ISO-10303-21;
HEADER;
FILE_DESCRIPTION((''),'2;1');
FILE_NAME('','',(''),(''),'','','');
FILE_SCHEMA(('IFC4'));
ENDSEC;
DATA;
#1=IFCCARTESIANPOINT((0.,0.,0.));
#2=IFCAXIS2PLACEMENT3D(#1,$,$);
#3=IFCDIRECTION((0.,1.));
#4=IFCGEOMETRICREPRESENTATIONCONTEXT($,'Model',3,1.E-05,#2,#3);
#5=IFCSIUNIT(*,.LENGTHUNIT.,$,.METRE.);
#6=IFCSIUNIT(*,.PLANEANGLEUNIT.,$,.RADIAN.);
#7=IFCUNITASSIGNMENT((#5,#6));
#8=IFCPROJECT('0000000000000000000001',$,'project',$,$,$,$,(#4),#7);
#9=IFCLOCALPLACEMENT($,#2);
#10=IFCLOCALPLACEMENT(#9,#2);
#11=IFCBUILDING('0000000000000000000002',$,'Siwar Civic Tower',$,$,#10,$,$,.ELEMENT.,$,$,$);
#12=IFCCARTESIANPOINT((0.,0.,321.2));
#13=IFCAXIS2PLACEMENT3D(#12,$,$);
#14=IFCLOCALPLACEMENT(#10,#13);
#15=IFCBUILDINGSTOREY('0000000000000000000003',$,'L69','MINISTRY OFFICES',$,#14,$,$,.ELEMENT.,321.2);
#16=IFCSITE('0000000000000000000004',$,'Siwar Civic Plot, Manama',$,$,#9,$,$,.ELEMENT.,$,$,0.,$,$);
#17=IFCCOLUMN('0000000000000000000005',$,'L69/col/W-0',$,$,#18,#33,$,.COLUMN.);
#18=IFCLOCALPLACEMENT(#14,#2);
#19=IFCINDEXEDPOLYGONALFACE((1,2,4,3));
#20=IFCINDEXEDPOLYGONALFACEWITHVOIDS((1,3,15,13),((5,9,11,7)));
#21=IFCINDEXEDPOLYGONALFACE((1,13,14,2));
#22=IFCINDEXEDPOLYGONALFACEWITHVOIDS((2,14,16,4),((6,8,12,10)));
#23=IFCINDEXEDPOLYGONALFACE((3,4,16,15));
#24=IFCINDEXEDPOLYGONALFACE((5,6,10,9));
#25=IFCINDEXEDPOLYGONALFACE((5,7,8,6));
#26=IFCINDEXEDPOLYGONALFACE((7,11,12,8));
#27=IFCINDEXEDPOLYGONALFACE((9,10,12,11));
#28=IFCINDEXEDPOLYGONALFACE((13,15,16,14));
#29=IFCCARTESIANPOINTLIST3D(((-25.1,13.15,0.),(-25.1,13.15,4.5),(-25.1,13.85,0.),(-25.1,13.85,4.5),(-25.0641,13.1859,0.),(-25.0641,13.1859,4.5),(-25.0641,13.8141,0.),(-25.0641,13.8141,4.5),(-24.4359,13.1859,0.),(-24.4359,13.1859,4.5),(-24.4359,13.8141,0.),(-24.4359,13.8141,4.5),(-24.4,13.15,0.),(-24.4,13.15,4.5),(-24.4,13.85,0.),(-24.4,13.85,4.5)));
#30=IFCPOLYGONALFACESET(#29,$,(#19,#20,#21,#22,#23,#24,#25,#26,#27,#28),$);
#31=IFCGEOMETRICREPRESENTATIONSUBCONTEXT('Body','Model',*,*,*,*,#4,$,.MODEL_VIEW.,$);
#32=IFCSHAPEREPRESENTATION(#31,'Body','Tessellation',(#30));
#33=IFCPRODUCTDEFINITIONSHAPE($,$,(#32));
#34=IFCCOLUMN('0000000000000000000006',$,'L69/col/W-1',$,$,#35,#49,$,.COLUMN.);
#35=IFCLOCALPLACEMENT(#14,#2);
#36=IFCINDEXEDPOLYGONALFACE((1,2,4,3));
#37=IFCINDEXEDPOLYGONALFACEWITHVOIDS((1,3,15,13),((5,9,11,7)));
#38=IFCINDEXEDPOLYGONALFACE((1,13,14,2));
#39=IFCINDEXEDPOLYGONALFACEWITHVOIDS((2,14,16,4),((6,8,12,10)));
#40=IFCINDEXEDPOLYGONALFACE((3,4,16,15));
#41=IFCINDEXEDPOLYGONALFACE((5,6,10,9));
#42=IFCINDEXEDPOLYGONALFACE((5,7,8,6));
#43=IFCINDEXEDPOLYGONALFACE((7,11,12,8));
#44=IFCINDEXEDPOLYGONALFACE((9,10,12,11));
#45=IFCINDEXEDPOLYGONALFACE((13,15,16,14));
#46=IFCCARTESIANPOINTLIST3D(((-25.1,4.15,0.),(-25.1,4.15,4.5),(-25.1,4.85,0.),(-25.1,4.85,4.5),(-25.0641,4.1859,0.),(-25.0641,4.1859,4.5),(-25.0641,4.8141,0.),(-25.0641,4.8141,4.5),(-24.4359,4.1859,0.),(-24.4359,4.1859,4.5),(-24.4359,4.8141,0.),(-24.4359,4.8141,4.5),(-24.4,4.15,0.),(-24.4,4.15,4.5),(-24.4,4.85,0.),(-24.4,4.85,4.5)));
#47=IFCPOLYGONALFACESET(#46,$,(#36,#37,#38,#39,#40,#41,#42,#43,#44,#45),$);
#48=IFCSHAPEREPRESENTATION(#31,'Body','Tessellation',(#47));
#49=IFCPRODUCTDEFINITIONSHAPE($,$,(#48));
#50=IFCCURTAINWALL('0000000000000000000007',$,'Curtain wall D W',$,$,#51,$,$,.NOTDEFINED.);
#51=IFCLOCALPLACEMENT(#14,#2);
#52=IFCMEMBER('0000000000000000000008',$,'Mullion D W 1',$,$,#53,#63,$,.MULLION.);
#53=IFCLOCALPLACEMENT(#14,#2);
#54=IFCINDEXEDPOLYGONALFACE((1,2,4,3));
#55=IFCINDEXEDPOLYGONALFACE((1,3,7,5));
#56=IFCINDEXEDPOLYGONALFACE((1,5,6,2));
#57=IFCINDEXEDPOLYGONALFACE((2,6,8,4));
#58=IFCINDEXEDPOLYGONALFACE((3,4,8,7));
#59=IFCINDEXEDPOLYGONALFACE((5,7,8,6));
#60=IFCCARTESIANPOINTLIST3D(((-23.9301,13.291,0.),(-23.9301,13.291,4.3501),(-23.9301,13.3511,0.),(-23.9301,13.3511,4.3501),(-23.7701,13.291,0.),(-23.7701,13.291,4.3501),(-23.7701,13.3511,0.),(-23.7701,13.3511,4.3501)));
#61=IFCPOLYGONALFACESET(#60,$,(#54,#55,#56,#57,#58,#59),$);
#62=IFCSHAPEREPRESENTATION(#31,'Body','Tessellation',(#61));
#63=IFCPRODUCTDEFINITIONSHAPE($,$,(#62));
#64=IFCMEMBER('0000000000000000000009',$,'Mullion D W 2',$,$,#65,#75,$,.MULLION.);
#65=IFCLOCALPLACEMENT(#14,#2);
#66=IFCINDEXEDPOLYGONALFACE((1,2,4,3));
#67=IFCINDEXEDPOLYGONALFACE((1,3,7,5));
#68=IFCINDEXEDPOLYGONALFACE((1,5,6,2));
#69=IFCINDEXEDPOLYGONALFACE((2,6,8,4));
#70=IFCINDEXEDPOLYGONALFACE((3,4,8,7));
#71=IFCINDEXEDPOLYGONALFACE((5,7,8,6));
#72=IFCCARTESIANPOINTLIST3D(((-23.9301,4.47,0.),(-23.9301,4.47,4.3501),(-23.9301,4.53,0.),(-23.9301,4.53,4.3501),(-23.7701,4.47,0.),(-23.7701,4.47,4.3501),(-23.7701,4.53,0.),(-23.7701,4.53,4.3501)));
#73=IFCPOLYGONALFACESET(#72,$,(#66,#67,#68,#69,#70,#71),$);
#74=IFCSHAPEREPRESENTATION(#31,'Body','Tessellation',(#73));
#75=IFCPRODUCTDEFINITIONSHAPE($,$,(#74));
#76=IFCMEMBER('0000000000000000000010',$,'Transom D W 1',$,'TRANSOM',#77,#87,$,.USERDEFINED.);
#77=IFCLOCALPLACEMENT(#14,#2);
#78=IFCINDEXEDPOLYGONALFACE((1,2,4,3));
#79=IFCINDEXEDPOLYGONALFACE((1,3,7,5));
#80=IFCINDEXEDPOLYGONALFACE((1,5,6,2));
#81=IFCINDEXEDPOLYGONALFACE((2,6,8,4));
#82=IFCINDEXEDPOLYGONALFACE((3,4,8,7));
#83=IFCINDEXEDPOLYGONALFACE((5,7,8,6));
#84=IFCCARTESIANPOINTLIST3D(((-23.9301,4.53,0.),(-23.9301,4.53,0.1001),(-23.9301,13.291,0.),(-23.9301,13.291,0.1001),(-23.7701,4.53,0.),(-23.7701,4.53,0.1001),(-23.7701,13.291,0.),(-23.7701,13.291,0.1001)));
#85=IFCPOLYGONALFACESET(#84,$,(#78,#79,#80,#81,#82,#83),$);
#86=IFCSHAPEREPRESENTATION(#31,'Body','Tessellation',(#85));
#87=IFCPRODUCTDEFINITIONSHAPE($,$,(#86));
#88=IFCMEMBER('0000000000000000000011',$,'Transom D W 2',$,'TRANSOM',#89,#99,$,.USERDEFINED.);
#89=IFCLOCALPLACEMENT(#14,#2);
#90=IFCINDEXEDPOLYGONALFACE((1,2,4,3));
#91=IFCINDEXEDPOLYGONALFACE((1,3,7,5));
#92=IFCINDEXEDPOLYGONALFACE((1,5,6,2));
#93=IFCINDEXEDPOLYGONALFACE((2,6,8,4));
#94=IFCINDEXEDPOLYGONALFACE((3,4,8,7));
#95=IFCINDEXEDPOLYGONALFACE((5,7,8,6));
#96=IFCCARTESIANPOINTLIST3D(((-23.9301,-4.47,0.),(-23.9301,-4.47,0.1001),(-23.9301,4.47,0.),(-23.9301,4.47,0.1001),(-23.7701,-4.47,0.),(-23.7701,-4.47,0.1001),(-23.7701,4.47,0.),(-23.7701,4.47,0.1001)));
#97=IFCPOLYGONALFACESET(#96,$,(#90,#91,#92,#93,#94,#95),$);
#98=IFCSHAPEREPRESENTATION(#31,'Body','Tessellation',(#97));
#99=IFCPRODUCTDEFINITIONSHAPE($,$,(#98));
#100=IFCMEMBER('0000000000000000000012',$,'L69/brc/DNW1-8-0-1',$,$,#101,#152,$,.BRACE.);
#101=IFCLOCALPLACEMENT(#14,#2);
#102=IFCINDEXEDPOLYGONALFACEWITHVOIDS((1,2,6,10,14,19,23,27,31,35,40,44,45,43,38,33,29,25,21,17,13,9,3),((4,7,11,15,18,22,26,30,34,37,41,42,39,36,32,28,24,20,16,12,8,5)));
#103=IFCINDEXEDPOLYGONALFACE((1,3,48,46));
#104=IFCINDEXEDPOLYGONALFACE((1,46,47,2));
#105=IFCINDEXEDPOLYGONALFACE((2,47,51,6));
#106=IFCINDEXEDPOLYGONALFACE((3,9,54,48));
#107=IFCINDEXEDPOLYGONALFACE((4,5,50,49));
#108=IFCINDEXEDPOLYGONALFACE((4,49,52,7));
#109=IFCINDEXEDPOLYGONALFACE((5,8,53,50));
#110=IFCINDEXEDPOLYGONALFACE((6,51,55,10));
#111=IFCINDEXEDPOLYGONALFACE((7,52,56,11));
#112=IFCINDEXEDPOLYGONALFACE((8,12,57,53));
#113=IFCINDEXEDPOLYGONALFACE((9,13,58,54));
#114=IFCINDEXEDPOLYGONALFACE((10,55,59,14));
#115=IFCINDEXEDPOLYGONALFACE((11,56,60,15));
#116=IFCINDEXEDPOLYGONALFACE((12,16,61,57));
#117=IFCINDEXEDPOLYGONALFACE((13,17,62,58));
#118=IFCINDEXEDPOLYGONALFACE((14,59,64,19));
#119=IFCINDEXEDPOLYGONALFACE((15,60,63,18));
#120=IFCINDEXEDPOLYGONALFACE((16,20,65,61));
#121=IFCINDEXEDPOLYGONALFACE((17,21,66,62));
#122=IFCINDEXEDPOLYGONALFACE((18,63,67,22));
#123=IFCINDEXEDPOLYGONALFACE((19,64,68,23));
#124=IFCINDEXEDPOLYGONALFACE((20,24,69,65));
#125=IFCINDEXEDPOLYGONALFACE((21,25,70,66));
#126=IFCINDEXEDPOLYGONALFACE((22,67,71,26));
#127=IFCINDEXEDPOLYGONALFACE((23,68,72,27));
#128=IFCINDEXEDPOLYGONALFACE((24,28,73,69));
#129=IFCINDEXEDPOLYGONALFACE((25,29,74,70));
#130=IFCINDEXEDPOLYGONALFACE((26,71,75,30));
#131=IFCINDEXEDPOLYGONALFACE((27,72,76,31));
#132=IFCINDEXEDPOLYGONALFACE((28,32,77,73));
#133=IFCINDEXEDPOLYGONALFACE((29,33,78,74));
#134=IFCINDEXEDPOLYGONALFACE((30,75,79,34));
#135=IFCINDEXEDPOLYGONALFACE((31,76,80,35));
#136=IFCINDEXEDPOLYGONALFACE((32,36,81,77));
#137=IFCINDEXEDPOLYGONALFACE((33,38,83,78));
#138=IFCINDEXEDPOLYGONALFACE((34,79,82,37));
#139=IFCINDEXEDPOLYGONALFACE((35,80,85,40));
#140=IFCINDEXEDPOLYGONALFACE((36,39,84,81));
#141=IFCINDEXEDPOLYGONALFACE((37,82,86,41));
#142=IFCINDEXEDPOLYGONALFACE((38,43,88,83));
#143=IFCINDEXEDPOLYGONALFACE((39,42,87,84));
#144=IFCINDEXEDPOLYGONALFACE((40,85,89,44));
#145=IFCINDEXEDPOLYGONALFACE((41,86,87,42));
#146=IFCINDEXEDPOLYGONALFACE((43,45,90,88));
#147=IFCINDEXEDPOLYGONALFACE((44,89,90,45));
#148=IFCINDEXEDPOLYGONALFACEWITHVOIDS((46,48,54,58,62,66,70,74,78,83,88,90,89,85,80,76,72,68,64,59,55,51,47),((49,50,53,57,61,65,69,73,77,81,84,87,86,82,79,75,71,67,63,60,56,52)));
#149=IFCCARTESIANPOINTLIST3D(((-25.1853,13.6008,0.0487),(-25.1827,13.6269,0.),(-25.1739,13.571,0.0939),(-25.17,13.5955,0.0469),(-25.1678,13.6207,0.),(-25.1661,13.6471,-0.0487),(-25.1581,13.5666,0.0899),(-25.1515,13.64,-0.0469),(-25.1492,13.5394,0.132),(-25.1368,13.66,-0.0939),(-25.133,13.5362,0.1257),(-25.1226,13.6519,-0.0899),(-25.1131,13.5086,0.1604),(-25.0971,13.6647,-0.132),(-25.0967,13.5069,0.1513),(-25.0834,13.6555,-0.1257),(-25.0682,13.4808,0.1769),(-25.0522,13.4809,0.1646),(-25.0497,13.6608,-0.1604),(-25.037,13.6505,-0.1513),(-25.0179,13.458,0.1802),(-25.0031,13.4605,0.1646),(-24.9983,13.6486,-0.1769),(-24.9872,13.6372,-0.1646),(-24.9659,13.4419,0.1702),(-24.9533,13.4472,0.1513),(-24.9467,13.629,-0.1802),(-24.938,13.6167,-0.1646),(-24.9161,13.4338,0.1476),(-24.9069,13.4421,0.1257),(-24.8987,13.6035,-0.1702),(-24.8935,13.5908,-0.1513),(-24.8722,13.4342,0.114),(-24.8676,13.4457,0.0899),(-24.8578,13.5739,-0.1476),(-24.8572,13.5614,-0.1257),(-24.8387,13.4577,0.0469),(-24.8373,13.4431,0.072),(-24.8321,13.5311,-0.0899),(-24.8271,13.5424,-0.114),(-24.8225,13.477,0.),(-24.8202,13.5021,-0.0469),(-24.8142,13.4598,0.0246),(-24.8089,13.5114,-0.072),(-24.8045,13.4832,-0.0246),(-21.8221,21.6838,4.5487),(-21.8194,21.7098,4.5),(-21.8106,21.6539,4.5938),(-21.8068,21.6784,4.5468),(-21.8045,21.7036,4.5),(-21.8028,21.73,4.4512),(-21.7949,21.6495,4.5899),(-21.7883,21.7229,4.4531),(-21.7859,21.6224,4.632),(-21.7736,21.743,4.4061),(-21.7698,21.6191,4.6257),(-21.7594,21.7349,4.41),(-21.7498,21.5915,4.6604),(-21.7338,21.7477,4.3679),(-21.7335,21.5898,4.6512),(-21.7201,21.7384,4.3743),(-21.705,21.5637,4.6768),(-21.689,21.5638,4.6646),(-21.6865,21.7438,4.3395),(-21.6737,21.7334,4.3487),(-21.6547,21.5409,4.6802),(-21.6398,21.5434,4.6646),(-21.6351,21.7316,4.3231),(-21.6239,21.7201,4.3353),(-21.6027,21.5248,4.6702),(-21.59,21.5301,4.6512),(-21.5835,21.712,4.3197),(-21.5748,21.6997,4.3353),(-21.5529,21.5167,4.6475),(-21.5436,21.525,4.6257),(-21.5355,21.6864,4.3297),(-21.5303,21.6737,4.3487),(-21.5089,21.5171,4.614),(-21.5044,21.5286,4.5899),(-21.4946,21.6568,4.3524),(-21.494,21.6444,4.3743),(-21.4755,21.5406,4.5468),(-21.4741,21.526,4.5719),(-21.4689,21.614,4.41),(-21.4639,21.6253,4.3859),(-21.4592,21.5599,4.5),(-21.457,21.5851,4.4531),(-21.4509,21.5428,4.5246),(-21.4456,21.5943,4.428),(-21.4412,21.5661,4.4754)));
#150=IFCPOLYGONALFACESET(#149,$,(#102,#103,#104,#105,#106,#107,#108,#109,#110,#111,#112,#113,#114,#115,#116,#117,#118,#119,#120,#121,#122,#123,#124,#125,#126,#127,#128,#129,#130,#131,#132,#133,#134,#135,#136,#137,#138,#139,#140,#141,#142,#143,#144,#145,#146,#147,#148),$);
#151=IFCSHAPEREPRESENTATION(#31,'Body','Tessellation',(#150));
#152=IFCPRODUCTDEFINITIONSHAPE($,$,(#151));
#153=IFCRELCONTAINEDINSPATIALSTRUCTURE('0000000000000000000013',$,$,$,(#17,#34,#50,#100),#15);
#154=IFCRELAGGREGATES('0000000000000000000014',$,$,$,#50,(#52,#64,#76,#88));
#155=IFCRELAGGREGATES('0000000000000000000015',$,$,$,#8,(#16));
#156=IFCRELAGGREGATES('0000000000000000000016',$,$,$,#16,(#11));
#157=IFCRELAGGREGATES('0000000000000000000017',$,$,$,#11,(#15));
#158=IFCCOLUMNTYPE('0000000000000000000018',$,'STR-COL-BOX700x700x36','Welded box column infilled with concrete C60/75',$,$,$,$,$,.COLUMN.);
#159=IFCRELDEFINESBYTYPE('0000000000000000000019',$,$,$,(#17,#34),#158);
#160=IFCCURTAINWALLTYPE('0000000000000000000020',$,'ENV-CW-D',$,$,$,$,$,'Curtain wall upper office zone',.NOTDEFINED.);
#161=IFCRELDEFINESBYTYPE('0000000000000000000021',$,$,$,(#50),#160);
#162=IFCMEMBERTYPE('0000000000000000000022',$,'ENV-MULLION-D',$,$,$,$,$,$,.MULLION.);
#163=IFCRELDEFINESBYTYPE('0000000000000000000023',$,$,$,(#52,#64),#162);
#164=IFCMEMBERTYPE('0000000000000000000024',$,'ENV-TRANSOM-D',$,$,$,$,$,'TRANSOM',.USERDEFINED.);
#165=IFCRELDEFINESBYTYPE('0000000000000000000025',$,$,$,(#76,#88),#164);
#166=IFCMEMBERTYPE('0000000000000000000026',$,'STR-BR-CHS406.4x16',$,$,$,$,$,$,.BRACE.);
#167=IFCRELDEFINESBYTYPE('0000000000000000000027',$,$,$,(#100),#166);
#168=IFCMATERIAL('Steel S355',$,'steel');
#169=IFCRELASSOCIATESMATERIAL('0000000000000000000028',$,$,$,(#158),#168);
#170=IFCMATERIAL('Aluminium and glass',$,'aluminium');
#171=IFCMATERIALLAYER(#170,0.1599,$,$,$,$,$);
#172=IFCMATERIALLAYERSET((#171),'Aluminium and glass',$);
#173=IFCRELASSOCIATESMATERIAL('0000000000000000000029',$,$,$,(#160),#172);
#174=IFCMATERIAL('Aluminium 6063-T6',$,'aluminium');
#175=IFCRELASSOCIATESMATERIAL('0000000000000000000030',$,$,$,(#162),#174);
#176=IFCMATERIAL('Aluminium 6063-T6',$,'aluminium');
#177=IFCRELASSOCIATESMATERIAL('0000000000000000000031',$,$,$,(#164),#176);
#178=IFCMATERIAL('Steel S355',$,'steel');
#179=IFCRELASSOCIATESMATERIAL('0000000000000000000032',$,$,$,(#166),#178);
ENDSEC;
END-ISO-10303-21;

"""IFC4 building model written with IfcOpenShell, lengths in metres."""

from ifc_helpers import new_model, si_unit, direction, frame, origin, origin_2d, place, context, subcontext, project, spatial, rectangle, hollow_rectangle, hollow_circle, extrude, material, layer, layer_set, material_profile, profile_set, type_object, element, aggregate, save


model = new_model("IFC4")

# Units and contexts
model_context = context("Model", 3, precision=1e-05, world=origin(), true_north=direction((0.0, 1.0)))
body_context = subcontext(model_context, "Body", "Model", "MODEL_VIEW")
ifc_project = project(units=[si_unit("LENGTHUNIT", "METRE"), si_unit("PLANEANGLEUNIT", "RADIAN")], contexts=[model_context])

# Site, building, storey
site_placement = place(None, origin())
site = spatial("IfcSite", under=ifc_project, at=site_placement, Name="Siwar Civic Plot, Manama", CompositionType="ELEMENT", RefElevation=0.0)
building_placement = place(site_placement, origin())
building = spatial("IfcBuilding", under=site, at=building_placement, Name="Siwar Civic Tower", CompositionType="ELEMENT")
storey_placement = place(building_placement, frame((0.0, 0.0, 321.2)))
storey = spatial("IfcBuildingStorey", under=building, at=storey_placement, Name="L69", Description="MINISTRY OFFICES", CompositionType="ELEMENT", Elevation=321.2)

# Columns
ifc_material_1 = material(Name="Steel S355", Category="steel")
ifc_material_profile_1 = material_profile(ifc_material_1, hollow_rectangle(XDim=0.7, YDim=0.7, WallThickness=0.0359, at=origin_2d()), Name="BOX700x700x36")
ifc_profile_set_1 = profile_set([ifc_material_profile_1], Name="Steel S355")
column_type = type_object("IfcColumnType", Name="STR-COL-BOX700x700x36", Description="Welded box column infilled with concrete C60/75", PredefinedType="COLUMN", material=ifc_profile_set_1)
for number, where, z_axis, x_axis, name in (
    (1, (-24.75, 13.5, 0.0), (0.0, 0.0, 1.0), (1.0, 0.0, 0.0), "L69/col/W-0"),
    (2, (-24.75, 4.5, 0.0), (0.0, 0.0, 1.0), (1.0, 0.0, 0.0), "L69/col/W-1"),
):
    element("IfcColumn", number, at=place(storey_placement, frame(where, z_axis=z_axis, x_axis=x_axis)), inside=storey, type_object=column_type, Name=name, PredefinedType="COLUMN", context=body_context, shape_type="SweptSolid", body=[
        extrude(hollow_rectangle(XDim=0.7, YDim=0.7, WallThickness=0.0359, at=origin_2d()), origin(), (0.0, 0.0, 1.0), 4.5),
    ])

# Curtain wall, members
ifc_material_2 = material(Name="Aluminium and glass", Category="aluminium")
ifc_layer_1 = layer(ifc_material_2, 0.1599)
ifc_layer_set_1 = layer_set([ifc_layer_1], Name="Aluminium and glass")
curtain_wall_type = type_object("IfcCurtainWallType", Name="ENV-CW-D", ElementType="Curtain wall upper office zone", PredefinedType="NOTDEFINED", material=ifc_layer_set_1)
curtain_wall_placement = place(storey_placement, origin())
curtain_wall = element("IfcCurtainWall", 3, at=curtain_wall_placement, inside=storey, type_object=curtain_wall_type, Name="Curtain wall D W", PredefinedType="NOTDEFINED")
ifc_material_3 = material(Name="Aluminium 6063-T6", Category="aluminium")
ifc_material_profile_2 = material_profile(ifc_material_3, rectangle(XDim=0.1599, YDim=0.0601, at=origin_2d()), Name="AL 160x60")
ifc_profile_set_2 = profile_set([ifc_material_profile_2], Name="Aluminium 6063-T6")
member_type_1 = type_object("IfcMemberType", Name="ENV-MULLION-D", PredefinedType="MULLION", material=ifc_profile_set_2)
member_1_placement = place(storey_placement, frame((-23.8501, 13.321, 0.0), z_axis=(0.0, 0.0, 1.0), x_axis=(1.0, 0.0, 0.0)))
member_1 = element("IfcMember", 4, at=member_1_placement, type_object=member_type_1, Name="Mullion D W 1", PredefinedType="MULLION", context=body_context, shape_type="SweptSolid", body=[
    extrude(rectangle(XDim=0.1599, YDim=0.0601, at=origin_2d()), origin(), (0.0, 0.0, 1.0), 4.3501),
])
member_2_placement = place(storey_placement, frame((-23.8501, 4.5, 0.0), z_axis=(0.0, 0.0, 1.0), x_axis=(1.0, 0.0, 0.0)))
member_2 = element("IfcMember", 5, at=member_2_placement, type_object=member_type_1, Name="Mullion D W 2", PredefinedType="MULLION", context=body_context, shape_type="SweptSolid", body=[
    extrude(rectangle(XDim=0.1599, YDim=0.0601, at=origin_2d()), origin(), (0.0, 0.0, 1.0), 4.3501),
])
ifc_material_4 = material(Name="Aluminium 6063-T6", Category="aluminium")
ifc_material_profile_3 = material_profile(ifc_material_4, rectangle(XDim=0.1599, YDim=0.1001, at=origin_2d()), Name="AL 160x100")
ifc_profile_set_3 = profile_set([ifc_material_profile_3], Name="Aluminium 6063-T6")
member_type_2 = type_object("IfcMemberType", Name="ENV-TRANSOM-D", ElementType="TRANSOM", PredefinedType="USERDEFINED", material=ifc_profile_set_3)
member_3_placement = place(storey_placement, frame((-23.8501, 13.291, 0.05), z_axis=(0.0, -1.0, 0.0), x_axis=(1.0, 0.0, 0.0)))
member_3 = element("IfcMember", 6, at=member_3_placement, type_object=member_type_2, Name="Transom D W 1", ObjectType="TRANSOM", PredefinedType="USERDEFINED", context=body_context, shape_type="SweptSolid", body=[
    extrude(rectangle(XDim=0.1599, YDim=0.1001, at=origin_2d()), origin(), (0.0, 0.0, 1.0), 8.761),
])
member_4_placement = place(storey_placement, frame((-23.8501, 4.47, 0.05), z_axis=(0.0, -1.0, 0.0), x_axis=(1.0, 0.0, 0.0)))
member_4 = element("IfcMember", 7, at=member_4_placement, type_object=member_type_2, Name="Transom D W 2", ObjectType="TRANSOM", PredefinedType="USERDEFINED", context=body_context, shape_type="SweptSolid", body=[
    extrude(rectangle(XDim=0.1599, YDim=0.1001, at=origin_2d()), origin(), (0.0, 0.0, 1.0), 8.9399),
])

# Member
ifc_material_5 = material(Name="Steel S355", Category="steel")
ifc_material_profile_4 = material_profile(ifc_material_5, hollow_circle(Radius=0.2031, WallThickness=0.0161, at=origin_2d()), Name="CHS406.4x16")
ifc_profile_set_4 = profile_set([ifc_material_profile_4], Name="Steel S355")
member_type_3 = type_object("IfcMemberType", Name="STR-BR-CHS406.4x16", PredefinedType="BRACE", material=ifc_profile_set_4)
member_5_placement = place(storey_placement, frame((-24.9951, 13.5488, 0.0), z_axis=(0.341671, 0.821143, 0.457149), x_axis=(-0.923265, 0.384164, 0.0)))
element("IfcMember", 8, at=member_5_placement, inside=storey, type_object=member_type_3, Name="L69/brc/DNW1-8-0-1", PredefinedType="BRACE", context=body_context, shape_type="SweptSolid", body=[
    extrude(hollow_circle(Radius=0.2031, WallThickness=0.0161, at=origin_2d()), origin(), (0.0, 0.0, 1.0), 9.8435),
])

aggregate(curtain_wall, [member_1, member_2, member_3, member_4])

save(model, "model.ifc")
